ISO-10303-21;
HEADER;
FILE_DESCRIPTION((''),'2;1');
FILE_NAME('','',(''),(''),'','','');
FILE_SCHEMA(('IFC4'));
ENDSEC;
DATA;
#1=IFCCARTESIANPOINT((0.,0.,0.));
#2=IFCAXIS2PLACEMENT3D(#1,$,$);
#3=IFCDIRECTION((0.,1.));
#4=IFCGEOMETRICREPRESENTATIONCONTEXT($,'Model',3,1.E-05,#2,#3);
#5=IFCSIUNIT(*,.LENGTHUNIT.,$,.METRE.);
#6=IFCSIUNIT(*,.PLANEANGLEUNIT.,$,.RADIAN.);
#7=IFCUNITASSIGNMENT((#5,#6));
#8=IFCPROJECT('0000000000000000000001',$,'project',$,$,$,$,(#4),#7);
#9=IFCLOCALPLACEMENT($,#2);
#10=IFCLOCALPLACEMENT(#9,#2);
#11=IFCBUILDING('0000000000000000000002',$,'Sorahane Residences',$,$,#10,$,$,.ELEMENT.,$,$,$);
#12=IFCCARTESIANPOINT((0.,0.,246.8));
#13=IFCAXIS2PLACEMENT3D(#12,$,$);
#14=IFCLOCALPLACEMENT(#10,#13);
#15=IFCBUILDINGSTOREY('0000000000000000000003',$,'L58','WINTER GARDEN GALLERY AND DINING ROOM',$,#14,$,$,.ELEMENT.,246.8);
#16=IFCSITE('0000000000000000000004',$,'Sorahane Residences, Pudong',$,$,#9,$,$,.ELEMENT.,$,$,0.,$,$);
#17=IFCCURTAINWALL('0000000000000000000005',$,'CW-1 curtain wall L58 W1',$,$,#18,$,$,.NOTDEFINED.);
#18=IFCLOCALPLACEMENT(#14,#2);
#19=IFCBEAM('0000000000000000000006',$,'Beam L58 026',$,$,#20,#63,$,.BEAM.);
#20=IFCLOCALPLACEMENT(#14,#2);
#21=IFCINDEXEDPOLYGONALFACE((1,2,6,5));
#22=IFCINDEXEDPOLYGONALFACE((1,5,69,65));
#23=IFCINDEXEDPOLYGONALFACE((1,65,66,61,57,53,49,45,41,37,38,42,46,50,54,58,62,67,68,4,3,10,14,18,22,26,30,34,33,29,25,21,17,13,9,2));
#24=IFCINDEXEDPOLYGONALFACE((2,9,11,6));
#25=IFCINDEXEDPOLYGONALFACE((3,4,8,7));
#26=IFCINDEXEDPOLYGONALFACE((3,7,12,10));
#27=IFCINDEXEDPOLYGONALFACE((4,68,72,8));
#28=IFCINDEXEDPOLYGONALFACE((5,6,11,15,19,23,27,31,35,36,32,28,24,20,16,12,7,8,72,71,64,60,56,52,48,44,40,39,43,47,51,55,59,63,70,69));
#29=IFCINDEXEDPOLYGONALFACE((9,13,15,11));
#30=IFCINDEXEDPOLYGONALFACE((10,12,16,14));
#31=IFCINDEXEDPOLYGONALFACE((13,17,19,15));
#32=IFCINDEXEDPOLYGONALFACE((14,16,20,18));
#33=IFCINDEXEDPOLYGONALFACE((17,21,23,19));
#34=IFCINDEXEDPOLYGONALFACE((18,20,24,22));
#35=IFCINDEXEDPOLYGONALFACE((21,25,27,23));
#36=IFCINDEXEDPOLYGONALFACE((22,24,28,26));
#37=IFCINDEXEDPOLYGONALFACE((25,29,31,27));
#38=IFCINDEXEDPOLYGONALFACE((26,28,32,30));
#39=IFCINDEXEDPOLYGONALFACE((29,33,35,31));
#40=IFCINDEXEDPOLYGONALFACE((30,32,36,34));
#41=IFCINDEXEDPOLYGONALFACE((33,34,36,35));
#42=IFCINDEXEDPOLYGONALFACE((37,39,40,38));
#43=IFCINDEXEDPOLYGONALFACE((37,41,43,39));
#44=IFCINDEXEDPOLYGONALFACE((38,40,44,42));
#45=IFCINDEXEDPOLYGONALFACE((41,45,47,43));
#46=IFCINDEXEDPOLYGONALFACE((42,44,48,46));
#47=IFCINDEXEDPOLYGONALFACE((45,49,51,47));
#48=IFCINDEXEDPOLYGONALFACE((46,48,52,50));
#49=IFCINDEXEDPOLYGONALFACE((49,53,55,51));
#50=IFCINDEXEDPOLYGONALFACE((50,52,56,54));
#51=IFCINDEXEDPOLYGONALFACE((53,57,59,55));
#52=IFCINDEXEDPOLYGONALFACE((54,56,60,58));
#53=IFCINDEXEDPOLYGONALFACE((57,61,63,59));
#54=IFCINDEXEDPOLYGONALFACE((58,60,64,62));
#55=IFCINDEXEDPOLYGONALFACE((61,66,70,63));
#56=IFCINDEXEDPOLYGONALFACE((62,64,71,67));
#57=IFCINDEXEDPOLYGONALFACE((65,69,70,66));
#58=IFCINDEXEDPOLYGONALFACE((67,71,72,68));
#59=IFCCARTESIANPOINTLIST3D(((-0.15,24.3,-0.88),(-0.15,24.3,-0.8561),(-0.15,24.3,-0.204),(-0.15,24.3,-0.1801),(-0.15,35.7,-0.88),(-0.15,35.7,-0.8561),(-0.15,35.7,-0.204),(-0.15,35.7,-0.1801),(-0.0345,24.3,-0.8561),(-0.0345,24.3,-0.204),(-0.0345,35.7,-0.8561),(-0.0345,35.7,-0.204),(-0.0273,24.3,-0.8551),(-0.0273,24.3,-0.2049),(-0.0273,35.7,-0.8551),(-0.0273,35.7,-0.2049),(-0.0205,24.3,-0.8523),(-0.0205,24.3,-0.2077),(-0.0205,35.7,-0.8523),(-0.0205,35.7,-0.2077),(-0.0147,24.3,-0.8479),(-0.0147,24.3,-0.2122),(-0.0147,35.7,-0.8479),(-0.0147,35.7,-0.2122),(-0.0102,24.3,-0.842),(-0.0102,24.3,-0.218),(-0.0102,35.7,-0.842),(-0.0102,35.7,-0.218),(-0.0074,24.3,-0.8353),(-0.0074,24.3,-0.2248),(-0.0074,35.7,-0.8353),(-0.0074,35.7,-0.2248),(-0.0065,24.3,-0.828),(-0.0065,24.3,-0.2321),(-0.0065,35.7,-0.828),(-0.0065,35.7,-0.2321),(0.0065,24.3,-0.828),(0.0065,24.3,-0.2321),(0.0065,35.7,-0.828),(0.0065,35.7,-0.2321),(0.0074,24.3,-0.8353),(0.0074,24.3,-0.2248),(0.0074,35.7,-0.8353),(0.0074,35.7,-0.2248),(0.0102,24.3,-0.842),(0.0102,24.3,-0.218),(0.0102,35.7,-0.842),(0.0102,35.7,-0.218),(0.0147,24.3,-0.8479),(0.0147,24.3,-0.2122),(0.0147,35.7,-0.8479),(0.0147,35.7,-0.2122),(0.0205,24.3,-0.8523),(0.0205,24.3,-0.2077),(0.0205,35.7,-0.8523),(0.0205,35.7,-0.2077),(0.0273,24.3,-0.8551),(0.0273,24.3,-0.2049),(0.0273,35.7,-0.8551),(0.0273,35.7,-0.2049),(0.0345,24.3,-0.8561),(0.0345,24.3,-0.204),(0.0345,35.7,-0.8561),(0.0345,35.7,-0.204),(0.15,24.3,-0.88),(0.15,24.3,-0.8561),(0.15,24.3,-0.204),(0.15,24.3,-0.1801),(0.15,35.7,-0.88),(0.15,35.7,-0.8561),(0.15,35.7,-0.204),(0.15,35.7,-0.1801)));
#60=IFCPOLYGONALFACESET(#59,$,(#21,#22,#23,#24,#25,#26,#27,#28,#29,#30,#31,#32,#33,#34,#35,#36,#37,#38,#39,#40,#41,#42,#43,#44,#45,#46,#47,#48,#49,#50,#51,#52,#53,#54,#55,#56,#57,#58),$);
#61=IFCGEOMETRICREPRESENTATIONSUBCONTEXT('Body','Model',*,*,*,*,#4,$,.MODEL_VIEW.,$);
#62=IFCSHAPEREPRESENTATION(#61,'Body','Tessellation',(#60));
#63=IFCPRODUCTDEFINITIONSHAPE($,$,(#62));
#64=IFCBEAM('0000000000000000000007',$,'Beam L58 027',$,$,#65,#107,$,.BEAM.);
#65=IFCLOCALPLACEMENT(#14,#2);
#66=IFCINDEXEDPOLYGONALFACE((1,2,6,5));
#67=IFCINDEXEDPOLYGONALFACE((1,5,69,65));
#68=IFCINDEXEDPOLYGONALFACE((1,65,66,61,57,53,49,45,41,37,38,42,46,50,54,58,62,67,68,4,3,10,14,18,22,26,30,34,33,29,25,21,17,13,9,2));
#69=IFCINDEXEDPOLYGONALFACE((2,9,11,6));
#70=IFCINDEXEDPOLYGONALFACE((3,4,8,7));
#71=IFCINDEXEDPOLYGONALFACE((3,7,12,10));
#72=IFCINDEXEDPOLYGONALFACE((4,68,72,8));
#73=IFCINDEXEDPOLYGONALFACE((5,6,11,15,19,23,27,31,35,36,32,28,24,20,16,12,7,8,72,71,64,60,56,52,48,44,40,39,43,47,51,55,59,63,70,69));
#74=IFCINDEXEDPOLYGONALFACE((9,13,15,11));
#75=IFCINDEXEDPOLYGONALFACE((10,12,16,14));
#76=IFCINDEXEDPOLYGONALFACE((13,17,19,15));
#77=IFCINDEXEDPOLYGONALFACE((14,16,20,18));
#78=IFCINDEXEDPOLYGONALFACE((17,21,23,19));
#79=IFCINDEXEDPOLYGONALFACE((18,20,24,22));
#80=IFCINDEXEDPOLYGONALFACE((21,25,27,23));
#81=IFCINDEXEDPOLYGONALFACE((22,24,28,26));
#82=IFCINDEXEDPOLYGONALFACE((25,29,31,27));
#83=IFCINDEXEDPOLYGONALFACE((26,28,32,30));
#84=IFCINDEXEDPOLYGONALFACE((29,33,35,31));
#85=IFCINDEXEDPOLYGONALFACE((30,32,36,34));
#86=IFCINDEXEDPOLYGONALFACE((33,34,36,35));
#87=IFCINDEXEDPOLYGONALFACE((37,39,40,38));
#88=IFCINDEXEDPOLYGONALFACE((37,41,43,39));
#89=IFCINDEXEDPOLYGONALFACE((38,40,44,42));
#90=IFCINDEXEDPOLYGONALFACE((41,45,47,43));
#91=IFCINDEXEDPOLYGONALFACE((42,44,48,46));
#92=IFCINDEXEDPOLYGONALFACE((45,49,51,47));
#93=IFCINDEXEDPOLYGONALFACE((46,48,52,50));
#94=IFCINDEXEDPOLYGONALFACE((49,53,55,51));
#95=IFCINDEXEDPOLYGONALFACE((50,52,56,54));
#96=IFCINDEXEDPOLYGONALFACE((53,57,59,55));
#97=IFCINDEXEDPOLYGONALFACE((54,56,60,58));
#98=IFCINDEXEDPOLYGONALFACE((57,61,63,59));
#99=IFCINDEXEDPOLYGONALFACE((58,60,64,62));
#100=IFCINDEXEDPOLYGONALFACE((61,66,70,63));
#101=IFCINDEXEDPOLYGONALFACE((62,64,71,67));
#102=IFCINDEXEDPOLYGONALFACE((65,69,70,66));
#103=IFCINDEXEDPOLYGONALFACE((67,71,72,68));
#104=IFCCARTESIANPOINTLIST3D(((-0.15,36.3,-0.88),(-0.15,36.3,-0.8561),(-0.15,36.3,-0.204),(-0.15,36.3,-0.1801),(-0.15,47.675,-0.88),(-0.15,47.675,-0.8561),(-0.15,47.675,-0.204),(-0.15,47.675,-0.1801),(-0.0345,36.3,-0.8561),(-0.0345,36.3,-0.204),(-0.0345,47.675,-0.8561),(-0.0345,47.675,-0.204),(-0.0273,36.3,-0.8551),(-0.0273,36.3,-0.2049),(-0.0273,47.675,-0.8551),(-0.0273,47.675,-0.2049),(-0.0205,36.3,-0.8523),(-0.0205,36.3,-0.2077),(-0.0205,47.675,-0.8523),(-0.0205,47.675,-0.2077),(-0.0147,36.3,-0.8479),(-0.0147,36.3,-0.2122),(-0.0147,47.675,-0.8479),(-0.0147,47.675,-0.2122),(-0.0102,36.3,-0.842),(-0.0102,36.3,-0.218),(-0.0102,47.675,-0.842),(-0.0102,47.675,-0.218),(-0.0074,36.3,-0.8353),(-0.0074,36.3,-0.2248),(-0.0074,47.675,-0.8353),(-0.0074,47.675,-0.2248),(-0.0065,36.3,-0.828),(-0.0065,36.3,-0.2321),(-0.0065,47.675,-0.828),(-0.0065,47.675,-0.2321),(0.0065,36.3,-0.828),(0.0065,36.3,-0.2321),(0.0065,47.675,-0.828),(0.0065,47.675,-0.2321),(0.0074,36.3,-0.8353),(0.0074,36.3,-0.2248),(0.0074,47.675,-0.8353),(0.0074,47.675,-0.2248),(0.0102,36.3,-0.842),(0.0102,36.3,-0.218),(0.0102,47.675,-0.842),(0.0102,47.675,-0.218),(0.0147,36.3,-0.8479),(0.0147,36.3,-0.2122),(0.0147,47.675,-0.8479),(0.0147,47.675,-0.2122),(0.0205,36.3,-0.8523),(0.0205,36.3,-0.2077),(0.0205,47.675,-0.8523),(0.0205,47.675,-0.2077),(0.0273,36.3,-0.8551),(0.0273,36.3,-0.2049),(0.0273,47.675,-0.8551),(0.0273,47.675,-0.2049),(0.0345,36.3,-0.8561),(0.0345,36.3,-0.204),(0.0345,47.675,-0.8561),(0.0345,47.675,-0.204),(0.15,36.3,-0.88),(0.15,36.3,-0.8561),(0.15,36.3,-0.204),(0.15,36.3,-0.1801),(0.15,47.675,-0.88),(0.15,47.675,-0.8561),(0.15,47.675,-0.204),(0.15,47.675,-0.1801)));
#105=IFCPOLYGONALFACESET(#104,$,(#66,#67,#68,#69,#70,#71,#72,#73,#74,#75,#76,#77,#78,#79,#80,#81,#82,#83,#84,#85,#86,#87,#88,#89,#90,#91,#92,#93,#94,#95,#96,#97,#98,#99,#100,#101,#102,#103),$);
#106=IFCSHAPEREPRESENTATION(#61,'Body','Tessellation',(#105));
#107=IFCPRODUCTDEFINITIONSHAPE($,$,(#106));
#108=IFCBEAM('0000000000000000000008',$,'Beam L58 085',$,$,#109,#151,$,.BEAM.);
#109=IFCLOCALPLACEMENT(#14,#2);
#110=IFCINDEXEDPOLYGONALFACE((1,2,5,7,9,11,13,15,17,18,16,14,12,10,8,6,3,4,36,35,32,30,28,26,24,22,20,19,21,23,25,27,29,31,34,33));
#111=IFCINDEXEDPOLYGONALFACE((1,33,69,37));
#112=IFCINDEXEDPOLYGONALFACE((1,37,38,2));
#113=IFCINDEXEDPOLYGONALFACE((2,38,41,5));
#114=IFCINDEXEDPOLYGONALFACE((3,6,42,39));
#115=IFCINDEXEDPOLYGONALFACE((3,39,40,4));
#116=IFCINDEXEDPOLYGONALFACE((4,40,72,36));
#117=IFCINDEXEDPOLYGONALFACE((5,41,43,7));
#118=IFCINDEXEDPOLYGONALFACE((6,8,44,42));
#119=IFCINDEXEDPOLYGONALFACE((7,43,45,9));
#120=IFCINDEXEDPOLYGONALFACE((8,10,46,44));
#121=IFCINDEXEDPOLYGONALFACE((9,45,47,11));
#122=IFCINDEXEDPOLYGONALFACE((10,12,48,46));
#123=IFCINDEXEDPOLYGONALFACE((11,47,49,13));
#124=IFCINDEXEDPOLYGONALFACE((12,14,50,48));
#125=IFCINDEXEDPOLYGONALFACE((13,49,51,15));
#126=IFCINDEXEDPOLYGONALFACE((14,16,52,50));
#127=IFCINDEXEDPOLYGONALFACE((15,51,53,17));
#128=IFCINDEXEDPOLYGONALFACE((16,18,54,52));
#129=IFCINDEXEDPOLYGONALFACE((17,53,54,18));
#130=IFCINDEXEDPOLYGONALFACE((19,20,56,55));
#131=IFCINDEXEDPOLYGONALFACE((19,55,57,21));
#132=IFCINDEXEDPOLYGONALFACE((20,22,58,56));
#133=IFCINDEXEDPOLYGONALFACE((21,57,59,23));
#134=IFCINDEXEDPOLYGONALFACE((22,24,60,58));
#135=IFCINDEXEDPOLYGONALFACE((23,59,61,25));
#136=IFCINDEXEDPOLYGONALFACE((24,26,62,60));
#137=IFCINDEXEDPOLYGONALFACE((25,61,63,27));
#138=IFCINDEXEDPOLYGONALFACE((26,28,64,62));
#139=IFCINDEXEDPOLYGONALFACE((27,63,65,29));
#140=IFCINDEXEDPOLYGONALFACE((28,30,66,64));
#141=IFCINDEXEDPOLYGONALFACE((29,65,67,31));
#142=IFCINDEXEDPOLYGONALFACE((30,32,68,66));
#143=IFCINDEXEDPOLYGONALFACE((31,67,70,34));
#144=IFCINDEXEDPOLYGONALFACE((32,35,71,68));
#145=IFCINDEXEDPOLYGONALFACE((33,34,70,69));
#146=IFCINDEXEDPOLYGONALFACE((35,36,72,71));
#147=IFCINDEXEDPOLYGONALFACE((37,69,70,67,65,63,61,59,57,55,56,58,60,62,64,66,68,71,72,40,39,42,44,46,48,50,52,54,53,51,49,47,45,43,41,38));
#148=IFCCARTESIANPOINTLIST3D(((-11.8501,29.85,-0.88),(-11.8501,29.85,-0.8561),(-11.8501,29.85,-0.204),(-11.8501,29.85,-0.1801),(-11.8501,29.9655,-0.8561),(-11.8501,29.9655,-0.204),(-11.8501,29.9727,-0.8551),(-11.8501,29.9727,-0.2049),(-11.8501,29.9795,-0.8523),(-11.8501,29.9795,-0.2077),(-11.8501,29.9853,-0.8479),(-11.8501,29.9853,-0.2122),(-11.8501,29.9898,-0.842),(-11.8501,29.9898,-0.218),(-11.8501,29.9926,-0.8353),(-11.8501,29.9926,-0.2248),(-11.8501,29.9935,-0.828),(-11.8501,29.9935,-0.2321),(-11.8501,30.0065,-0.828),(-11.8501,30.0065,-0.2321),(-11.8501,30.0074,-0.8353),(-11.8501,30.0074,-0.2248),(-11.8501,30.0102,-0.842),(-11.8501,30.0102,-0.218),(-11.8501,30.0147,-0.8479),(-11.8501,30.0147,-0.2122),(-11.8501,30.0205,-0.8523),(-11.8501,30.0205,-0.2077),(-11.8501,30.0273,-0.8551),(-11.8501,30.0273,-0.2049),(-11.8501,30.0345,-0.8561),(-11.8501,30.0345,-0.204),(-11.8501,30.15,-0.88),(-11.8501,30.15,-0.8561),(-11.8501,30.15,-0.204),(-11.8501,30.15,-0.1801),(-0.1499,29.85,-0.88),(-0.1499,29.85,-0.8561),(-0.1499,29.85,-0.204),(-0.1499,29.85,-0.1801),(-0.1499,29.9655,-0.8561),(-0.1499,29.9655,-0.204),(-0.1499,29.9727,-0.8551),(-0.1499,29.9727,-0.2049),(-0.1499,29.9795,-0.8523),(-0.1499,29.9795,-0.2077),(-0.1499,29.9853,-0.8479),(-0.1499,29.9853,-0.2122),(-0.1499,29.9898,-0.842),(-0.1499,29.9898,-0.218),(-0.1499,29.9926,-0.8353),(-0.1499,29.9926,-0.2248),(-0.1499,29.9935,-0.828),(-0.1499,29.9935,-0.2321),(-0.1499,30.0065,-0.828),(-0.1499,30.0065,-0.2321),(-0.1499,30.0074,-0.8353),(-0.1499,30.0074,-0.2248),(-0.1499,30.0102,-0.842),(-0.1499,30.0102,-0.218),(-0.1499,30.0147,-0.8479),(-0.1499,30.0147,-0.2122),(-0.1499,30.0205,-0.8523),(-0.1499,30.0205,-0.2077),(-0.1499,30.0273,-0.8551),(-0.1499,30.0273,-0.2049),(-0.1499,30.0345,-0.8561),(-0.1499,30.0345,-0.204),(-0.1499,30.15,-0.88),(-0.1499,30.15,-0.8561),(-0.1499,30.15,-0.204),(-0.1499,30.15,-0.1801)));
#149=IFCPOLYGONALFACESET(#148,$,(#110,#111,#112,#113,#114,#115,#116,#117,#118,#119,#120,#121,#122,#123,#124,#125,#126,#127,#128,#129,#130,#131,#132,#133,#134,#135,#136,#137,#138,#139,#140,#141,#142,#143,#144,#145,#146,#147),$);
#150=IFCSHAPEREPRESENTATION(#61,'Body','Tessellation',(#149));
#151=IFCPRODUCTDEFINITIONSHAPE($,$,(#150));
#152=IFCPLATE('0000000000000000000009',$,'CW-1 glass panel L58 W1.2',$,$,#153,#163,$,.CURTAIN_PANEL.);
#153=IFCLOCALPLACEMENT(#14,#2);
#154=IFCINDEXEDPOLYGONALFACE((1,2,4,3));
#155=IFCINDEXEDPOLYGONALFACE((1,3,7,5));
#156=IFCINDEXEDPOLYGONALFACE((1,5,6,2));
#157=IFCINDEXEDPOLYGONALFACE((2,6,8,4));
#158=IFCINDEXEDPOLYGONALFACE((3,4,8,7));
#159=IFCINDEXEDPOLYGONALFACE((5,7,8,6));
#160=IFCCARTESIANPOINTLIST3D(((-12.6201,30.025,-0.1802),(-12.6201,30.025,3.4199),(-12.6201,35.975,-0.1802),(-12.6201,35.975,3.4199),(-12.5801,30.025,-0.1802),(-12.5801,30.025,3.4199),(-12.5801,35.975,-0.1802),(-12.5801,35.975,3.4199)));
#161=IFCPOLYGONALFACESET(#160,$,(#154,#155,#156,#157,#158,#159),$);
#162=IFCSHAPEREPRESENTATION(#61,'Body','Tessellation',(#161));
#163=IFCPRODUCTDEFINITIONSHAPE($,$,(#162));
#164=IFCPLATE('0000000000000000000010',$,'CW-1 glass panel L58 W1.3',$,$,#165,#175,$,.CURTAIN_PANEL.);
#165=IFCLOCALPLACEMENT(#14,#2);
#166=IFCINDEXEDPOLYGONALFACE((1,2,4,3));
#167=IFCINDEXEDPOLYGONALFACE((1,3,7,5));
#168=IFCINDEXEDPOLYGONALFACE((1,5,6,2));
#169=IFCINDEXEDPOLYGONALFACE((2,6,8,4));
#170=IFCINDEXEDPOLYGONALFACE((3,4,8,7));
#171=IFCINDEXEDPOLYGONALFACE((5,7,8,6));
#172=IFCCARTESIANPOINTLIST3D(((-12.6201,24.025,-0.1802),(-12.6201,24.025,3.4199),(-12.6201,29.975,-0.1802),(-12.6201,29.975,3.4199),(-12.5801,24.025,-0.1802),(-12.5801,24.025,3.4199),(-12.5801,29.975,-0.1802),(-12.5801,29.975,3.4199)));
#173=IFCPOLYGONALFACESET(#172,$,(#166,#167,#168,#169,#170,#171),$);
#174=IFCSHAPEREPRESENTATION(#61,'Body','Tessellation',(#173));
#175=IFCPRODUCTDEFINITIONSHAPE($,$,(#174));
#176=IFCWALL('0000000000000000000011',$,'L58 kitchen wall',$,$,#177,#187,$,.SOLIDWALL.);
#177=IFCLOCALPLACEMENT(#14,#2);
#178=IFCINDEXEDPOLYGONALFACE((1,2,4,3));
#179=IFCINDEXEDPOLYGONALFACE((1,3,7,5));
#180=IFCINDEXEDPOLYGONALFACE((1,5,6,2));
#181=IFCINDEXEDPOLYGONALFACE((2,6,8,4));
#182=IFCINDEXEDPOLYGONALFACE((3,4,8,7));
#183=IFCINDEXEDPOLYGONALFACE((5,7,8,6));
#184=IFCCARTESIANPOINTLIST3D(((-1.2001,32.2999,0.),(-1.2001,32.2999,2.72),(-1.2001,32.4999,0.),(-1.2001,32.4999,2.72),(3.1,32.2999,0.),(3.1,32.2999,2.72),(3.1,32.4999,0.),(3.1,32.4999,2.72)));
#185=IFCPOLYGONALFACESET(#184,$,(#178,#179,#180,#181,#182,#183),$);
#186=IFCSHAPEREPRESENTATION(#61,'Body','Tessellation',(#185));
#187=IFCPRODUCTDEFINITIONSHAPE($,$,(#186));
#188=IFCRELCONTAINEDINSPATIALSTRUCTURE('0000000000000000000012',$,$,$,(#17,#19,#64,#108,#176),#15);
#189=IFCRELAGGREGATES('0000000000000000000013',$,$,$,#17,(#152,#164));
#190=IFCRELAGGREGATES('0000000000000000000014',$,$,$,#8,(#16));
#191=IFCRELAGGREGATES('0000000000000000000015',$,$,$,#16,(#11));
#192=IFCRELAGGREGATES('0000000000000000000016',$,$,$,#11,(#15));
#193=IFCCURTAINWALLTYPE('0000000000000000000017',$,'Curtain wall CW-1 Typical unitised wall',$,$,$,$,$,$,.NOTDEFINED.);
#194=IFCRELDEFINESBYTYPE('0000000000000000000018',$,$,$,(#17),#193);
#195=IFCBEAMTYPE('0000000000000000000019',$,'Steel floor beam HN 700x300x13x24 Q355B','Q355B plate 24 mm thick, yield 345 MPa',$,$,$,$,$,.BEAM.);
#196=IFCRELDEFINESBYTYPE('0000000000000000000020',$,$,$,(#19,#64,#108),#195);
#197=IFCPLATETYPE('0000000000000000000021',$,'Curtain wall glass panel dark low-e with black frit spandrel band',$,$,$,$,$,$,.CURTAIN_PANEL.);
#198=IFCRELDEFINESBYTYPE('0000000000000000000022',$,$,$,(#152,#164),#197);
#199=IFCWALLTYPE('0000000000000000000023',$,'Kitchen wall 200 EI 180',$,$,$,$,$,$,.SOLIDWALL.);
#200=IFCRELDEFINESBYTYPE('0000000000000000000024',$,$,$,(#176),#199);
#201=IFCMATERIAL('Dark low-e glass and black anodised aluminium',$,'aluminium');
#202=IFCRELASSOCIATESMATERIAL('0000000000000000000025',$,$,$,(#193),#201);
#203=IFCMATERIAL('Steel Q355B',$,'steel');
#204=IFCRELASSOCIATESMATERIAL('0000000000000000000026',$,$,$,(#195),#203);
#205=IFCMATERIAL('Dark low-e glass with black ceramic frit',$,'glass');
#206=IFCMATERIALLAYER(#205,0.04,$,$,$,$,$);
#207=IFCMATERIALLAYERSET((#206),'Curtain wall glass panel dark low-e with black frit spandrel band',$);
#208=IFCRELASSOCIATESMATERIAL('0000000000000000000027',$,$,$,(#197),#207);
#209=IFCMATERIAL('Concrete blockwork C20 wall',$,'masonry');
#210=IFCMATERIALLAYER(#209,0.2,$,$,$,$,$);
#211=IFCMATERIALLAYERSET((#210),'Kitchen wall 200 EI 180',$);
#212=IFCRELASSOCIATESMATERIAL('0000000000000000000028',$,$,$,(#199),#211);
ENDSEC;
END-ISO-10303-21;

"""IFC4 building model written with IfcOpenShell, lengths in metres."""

from ifc_helpers import new_model, si_unit, direction, frame, frame_2d, origin, origin_2d, place, context, subcontext, project, spatial, rectangle, i_section, extrude, material, layer, layer_set, material_profile, profile_set, type_object, element, aggregate, save


model = new_model("IFC4")

# Units and contexts
model_context = context("Model", 3, precision=1e-05, world=origin(), true_north=direction((0.0, 1.0)))
body_context = subcontext(model_context, "Body", "Model", "MODEL_VIEW")
ifc_project = project(units=[si_unit("LENGTHUNIT", "METRE"), si_unit("PLANEANGLEUNIT", "RADIAN")], contexts=[model_context])

# Site, building, storey
site_placement = place(None, origin())
site = spatial("IfcSite", under=ifc_project, at=site_placement, Name="Sorahane Residences, Pudong", CompositionType="ELEMENT", RefElevation=0.0)
building_placement = place(site_placement, origin())
building = spatial("IfcBuilding", under=site, at=building_placement, Name="Sorahane Residences", CompositionType="ELEMENT")
storey_placement = place(building_placement, frame((0.0, 0.0, 246.8)))
storey = spatial("IfcBuildingStorey", under=building, at=storey_placement, Name="L58", Description="WINTER GARDEN GALLERY AND DINING ROOM", CompositionType="ELEMENT", Elevation=246.8)

# Curtain wall
ifc_material_1 = material(Name="Dark low-e glass and black anodised aluminium", Category="aluminium")
curtain_wall_type = type_object("IfcCurtainWallType", Name="Curtain wall CW-1 Typical unitised wall", PredefinedType="NOTDEFINED", material=ifc_material_1)
curtain_wall_placement = place(storey_placement, origin())
curtain_wall = element("IfcCurtainWall", 1, at=curtain_wall_placement, inside=storey, type_object=curtain_wall_type, Name="CW-1 curtain wall L58 W1", PredefinedType="NOTDEFINED")

# Beams
ifc_material_2 = material(Name="Steel Q355B", Category="steel")
ifc_material_profile_1 = material_profile(ifc_material_2, i_section(OverallWidth=0.3, OverallDepth=0.7, WebThickness=0.0129, FlangeThickness=0.0239, FilletRadius=0.0281, at=origin_2d()), Name="HN 700x300x13x24")
ifc_profile_set_1 = profile_set([ifc_material_profile_1], Name="Steel Q355B")
beam_type_1 = type_object("IfcBeamType", Name="Steel floor beam HN 700x300x13x24 Q355B", Description="Q355B plate 24 mm thick, yield 345 MPa", PredefinedType="BEAM", material=ifc_profile_set_1)
beam_1_placement = place(storey_placement, frame((0.0, 24.3, -0.53), z_axis=(0.0, 1.0, 0.0), x_axis=(-1.0, 0.0, 0.0)))
element("IfcBeam", 2, at=beam_1_placement, inside=storey, type_object=beam_type_1, Name="Beam L58 026", PredefinedType="BEAM", context=body_context, shape_type="SweptSolid", body=[
    extrude(i_section(OverallWidth=0.3, OverallDepth=0.7, WebThickness=0.0129, FlangeThickness=0.0239, FilletRadius=0.0281, at=origin_2d()), origin(), (0.0, 0.0, 1.0), 11.3999),
])
beam_2_placement = place(storey_placement, frame((0.0, 36.3, -0.53), z_axis=(0.0, 1.0, 0.0), x_axis=(-1.0, 0.0, 0.0)))
element("IfcBeam", 3, at=beam_2_placement, inside=storey, type_object=beam_type_1, Name="Beam L58 027", PredefinedType="BEAM", context=body_context, shape_type="SweptSolid", body=[
    extrude(i_section(OverallWidth=0.3, OverallDepth=0.7, WebThickness=0.0129, FlangeThickness=0.0239, FilletRadius=0.0281, at=origin_2d()), origin(), (0.0, 0.0, 1.0), 11.375),
])
beam_3_placement = place(storey_placement, frame((-11.8501, 30.0, -0.53), z_axis=(1.0, 0.0, 0.0), x_axis=(0.0, 1.0, 0.0)))
element("IfcBeam", 4, at=beam_3_placement, inside=storey, type_object=beam_type_1, Name="Beam L58 085", PredefinedType="BEAM", context=body_context, shape_type="SweptSolid", body=[
    extrude(i_section(OverallWidth=0.3, OverallDepth=0.7, WebThickness=0.0129, FlangeThickness=0.0239, FilletRadius=0.0281, at=origin_2d()), origin(), (0.0, 0.0, 1.0), 11.7002),
])

# Plates
ifc_material_3 = material(Name="Dark low-e glass with black ceramic frit", Category="glass")
ifc_layer_1 = layer(ifc_material_3, 0.04)
ifc_layer_set_1 = layer_set([ifc_layer_1], Name="Curtain wall glass panel dark low-e with black frit spandrel band")
plate_type = type_object("IfcPlateType", Name="Curtain wall glass panel dark low-e with black frit spandrel band", PredefinedType="CURTAIN_PANEL", material=ifc_layer_set_1)
plate_1_placement = place(storey_placement, frame((-12.6001, 33.0, -0.1802), z_axis=(0.0, 0.0, 1.0), x_axis=(0.0, -1.0, 0.0)))
plate_1 = element("IfcPlate", 5, at=plate_1_placement, type_object=plate_type, Name="CW-1 glass panel L58 W1.2", PredefinedType="CURTAIN_PANEL", context=body_context, shape_type="SweptSolid", body=[
    extrude(rectangle(XDim=5.95, YDim=0.04, at=origin_2d()), origin(), (0.0, 0.0, 1.0), 3.6001),
])
plate_2_placement = place(storey_placement, frame((-12.6001, 27.0, -0.1802), z_axis=(0.0, 0.0, 1.0), x_axis=(0.0, -1.0, 0.0)))
plate_2 = element("IfcPlate", 6, at=plate_2_placement, type_object=plate_type, Name="CW-1 glass panel L58 W1.3", PredefinedType="CURTAIN_PANEL", context=body_context, shape_type="SweptSolid", body=[
    extrude(rectangle(XDim=5.95, YDim=0.04, at=origin_2d()), origin(), (0.0, 0.0, 1.0), 3.6001),
])
aggregate(curtain_wall, [plate_1, plate_2])

# Shared definitions
ifc_material_4 = material(Name="Concrete blockwork C20 wall", Category="masonry")
ifc_layer_2 = layer(ifc_material_4, 0.2)
ifc_layer_set_2 = layer_set([ifc_layer_2], Name="Kitchen wall 200 EI 180")
wall_type_1 = type_object("IfcWallType", Name="Kitchen wall 200 EI 180", PredefinedType="SOLIDWALL", material=ifc_layer_set_2)

# Wall
wall_1_placement = place(storey_placement, frame((-1.2, 32.3999, 0.0), z_axis=(0.0, 0.0, 1.0), x_axis=(1.0, 0.0, 0.0)))
element("IfcWall", 7, at=wall_1_placement, inside=storey, type_object=wall_type_1, Name="L58 kitchen wall", PredefinedType="SOLIDWALL", context=body_context, shape_type="SweptSolid", body=[
    extrude(rectangle(XDim=4.3, YDim=0.2, at=frame_2d((2.1499, 0.0))), origin(), (0.0, 0.0, 1.0), 2.72),
])

save(model, "model.ifc")
